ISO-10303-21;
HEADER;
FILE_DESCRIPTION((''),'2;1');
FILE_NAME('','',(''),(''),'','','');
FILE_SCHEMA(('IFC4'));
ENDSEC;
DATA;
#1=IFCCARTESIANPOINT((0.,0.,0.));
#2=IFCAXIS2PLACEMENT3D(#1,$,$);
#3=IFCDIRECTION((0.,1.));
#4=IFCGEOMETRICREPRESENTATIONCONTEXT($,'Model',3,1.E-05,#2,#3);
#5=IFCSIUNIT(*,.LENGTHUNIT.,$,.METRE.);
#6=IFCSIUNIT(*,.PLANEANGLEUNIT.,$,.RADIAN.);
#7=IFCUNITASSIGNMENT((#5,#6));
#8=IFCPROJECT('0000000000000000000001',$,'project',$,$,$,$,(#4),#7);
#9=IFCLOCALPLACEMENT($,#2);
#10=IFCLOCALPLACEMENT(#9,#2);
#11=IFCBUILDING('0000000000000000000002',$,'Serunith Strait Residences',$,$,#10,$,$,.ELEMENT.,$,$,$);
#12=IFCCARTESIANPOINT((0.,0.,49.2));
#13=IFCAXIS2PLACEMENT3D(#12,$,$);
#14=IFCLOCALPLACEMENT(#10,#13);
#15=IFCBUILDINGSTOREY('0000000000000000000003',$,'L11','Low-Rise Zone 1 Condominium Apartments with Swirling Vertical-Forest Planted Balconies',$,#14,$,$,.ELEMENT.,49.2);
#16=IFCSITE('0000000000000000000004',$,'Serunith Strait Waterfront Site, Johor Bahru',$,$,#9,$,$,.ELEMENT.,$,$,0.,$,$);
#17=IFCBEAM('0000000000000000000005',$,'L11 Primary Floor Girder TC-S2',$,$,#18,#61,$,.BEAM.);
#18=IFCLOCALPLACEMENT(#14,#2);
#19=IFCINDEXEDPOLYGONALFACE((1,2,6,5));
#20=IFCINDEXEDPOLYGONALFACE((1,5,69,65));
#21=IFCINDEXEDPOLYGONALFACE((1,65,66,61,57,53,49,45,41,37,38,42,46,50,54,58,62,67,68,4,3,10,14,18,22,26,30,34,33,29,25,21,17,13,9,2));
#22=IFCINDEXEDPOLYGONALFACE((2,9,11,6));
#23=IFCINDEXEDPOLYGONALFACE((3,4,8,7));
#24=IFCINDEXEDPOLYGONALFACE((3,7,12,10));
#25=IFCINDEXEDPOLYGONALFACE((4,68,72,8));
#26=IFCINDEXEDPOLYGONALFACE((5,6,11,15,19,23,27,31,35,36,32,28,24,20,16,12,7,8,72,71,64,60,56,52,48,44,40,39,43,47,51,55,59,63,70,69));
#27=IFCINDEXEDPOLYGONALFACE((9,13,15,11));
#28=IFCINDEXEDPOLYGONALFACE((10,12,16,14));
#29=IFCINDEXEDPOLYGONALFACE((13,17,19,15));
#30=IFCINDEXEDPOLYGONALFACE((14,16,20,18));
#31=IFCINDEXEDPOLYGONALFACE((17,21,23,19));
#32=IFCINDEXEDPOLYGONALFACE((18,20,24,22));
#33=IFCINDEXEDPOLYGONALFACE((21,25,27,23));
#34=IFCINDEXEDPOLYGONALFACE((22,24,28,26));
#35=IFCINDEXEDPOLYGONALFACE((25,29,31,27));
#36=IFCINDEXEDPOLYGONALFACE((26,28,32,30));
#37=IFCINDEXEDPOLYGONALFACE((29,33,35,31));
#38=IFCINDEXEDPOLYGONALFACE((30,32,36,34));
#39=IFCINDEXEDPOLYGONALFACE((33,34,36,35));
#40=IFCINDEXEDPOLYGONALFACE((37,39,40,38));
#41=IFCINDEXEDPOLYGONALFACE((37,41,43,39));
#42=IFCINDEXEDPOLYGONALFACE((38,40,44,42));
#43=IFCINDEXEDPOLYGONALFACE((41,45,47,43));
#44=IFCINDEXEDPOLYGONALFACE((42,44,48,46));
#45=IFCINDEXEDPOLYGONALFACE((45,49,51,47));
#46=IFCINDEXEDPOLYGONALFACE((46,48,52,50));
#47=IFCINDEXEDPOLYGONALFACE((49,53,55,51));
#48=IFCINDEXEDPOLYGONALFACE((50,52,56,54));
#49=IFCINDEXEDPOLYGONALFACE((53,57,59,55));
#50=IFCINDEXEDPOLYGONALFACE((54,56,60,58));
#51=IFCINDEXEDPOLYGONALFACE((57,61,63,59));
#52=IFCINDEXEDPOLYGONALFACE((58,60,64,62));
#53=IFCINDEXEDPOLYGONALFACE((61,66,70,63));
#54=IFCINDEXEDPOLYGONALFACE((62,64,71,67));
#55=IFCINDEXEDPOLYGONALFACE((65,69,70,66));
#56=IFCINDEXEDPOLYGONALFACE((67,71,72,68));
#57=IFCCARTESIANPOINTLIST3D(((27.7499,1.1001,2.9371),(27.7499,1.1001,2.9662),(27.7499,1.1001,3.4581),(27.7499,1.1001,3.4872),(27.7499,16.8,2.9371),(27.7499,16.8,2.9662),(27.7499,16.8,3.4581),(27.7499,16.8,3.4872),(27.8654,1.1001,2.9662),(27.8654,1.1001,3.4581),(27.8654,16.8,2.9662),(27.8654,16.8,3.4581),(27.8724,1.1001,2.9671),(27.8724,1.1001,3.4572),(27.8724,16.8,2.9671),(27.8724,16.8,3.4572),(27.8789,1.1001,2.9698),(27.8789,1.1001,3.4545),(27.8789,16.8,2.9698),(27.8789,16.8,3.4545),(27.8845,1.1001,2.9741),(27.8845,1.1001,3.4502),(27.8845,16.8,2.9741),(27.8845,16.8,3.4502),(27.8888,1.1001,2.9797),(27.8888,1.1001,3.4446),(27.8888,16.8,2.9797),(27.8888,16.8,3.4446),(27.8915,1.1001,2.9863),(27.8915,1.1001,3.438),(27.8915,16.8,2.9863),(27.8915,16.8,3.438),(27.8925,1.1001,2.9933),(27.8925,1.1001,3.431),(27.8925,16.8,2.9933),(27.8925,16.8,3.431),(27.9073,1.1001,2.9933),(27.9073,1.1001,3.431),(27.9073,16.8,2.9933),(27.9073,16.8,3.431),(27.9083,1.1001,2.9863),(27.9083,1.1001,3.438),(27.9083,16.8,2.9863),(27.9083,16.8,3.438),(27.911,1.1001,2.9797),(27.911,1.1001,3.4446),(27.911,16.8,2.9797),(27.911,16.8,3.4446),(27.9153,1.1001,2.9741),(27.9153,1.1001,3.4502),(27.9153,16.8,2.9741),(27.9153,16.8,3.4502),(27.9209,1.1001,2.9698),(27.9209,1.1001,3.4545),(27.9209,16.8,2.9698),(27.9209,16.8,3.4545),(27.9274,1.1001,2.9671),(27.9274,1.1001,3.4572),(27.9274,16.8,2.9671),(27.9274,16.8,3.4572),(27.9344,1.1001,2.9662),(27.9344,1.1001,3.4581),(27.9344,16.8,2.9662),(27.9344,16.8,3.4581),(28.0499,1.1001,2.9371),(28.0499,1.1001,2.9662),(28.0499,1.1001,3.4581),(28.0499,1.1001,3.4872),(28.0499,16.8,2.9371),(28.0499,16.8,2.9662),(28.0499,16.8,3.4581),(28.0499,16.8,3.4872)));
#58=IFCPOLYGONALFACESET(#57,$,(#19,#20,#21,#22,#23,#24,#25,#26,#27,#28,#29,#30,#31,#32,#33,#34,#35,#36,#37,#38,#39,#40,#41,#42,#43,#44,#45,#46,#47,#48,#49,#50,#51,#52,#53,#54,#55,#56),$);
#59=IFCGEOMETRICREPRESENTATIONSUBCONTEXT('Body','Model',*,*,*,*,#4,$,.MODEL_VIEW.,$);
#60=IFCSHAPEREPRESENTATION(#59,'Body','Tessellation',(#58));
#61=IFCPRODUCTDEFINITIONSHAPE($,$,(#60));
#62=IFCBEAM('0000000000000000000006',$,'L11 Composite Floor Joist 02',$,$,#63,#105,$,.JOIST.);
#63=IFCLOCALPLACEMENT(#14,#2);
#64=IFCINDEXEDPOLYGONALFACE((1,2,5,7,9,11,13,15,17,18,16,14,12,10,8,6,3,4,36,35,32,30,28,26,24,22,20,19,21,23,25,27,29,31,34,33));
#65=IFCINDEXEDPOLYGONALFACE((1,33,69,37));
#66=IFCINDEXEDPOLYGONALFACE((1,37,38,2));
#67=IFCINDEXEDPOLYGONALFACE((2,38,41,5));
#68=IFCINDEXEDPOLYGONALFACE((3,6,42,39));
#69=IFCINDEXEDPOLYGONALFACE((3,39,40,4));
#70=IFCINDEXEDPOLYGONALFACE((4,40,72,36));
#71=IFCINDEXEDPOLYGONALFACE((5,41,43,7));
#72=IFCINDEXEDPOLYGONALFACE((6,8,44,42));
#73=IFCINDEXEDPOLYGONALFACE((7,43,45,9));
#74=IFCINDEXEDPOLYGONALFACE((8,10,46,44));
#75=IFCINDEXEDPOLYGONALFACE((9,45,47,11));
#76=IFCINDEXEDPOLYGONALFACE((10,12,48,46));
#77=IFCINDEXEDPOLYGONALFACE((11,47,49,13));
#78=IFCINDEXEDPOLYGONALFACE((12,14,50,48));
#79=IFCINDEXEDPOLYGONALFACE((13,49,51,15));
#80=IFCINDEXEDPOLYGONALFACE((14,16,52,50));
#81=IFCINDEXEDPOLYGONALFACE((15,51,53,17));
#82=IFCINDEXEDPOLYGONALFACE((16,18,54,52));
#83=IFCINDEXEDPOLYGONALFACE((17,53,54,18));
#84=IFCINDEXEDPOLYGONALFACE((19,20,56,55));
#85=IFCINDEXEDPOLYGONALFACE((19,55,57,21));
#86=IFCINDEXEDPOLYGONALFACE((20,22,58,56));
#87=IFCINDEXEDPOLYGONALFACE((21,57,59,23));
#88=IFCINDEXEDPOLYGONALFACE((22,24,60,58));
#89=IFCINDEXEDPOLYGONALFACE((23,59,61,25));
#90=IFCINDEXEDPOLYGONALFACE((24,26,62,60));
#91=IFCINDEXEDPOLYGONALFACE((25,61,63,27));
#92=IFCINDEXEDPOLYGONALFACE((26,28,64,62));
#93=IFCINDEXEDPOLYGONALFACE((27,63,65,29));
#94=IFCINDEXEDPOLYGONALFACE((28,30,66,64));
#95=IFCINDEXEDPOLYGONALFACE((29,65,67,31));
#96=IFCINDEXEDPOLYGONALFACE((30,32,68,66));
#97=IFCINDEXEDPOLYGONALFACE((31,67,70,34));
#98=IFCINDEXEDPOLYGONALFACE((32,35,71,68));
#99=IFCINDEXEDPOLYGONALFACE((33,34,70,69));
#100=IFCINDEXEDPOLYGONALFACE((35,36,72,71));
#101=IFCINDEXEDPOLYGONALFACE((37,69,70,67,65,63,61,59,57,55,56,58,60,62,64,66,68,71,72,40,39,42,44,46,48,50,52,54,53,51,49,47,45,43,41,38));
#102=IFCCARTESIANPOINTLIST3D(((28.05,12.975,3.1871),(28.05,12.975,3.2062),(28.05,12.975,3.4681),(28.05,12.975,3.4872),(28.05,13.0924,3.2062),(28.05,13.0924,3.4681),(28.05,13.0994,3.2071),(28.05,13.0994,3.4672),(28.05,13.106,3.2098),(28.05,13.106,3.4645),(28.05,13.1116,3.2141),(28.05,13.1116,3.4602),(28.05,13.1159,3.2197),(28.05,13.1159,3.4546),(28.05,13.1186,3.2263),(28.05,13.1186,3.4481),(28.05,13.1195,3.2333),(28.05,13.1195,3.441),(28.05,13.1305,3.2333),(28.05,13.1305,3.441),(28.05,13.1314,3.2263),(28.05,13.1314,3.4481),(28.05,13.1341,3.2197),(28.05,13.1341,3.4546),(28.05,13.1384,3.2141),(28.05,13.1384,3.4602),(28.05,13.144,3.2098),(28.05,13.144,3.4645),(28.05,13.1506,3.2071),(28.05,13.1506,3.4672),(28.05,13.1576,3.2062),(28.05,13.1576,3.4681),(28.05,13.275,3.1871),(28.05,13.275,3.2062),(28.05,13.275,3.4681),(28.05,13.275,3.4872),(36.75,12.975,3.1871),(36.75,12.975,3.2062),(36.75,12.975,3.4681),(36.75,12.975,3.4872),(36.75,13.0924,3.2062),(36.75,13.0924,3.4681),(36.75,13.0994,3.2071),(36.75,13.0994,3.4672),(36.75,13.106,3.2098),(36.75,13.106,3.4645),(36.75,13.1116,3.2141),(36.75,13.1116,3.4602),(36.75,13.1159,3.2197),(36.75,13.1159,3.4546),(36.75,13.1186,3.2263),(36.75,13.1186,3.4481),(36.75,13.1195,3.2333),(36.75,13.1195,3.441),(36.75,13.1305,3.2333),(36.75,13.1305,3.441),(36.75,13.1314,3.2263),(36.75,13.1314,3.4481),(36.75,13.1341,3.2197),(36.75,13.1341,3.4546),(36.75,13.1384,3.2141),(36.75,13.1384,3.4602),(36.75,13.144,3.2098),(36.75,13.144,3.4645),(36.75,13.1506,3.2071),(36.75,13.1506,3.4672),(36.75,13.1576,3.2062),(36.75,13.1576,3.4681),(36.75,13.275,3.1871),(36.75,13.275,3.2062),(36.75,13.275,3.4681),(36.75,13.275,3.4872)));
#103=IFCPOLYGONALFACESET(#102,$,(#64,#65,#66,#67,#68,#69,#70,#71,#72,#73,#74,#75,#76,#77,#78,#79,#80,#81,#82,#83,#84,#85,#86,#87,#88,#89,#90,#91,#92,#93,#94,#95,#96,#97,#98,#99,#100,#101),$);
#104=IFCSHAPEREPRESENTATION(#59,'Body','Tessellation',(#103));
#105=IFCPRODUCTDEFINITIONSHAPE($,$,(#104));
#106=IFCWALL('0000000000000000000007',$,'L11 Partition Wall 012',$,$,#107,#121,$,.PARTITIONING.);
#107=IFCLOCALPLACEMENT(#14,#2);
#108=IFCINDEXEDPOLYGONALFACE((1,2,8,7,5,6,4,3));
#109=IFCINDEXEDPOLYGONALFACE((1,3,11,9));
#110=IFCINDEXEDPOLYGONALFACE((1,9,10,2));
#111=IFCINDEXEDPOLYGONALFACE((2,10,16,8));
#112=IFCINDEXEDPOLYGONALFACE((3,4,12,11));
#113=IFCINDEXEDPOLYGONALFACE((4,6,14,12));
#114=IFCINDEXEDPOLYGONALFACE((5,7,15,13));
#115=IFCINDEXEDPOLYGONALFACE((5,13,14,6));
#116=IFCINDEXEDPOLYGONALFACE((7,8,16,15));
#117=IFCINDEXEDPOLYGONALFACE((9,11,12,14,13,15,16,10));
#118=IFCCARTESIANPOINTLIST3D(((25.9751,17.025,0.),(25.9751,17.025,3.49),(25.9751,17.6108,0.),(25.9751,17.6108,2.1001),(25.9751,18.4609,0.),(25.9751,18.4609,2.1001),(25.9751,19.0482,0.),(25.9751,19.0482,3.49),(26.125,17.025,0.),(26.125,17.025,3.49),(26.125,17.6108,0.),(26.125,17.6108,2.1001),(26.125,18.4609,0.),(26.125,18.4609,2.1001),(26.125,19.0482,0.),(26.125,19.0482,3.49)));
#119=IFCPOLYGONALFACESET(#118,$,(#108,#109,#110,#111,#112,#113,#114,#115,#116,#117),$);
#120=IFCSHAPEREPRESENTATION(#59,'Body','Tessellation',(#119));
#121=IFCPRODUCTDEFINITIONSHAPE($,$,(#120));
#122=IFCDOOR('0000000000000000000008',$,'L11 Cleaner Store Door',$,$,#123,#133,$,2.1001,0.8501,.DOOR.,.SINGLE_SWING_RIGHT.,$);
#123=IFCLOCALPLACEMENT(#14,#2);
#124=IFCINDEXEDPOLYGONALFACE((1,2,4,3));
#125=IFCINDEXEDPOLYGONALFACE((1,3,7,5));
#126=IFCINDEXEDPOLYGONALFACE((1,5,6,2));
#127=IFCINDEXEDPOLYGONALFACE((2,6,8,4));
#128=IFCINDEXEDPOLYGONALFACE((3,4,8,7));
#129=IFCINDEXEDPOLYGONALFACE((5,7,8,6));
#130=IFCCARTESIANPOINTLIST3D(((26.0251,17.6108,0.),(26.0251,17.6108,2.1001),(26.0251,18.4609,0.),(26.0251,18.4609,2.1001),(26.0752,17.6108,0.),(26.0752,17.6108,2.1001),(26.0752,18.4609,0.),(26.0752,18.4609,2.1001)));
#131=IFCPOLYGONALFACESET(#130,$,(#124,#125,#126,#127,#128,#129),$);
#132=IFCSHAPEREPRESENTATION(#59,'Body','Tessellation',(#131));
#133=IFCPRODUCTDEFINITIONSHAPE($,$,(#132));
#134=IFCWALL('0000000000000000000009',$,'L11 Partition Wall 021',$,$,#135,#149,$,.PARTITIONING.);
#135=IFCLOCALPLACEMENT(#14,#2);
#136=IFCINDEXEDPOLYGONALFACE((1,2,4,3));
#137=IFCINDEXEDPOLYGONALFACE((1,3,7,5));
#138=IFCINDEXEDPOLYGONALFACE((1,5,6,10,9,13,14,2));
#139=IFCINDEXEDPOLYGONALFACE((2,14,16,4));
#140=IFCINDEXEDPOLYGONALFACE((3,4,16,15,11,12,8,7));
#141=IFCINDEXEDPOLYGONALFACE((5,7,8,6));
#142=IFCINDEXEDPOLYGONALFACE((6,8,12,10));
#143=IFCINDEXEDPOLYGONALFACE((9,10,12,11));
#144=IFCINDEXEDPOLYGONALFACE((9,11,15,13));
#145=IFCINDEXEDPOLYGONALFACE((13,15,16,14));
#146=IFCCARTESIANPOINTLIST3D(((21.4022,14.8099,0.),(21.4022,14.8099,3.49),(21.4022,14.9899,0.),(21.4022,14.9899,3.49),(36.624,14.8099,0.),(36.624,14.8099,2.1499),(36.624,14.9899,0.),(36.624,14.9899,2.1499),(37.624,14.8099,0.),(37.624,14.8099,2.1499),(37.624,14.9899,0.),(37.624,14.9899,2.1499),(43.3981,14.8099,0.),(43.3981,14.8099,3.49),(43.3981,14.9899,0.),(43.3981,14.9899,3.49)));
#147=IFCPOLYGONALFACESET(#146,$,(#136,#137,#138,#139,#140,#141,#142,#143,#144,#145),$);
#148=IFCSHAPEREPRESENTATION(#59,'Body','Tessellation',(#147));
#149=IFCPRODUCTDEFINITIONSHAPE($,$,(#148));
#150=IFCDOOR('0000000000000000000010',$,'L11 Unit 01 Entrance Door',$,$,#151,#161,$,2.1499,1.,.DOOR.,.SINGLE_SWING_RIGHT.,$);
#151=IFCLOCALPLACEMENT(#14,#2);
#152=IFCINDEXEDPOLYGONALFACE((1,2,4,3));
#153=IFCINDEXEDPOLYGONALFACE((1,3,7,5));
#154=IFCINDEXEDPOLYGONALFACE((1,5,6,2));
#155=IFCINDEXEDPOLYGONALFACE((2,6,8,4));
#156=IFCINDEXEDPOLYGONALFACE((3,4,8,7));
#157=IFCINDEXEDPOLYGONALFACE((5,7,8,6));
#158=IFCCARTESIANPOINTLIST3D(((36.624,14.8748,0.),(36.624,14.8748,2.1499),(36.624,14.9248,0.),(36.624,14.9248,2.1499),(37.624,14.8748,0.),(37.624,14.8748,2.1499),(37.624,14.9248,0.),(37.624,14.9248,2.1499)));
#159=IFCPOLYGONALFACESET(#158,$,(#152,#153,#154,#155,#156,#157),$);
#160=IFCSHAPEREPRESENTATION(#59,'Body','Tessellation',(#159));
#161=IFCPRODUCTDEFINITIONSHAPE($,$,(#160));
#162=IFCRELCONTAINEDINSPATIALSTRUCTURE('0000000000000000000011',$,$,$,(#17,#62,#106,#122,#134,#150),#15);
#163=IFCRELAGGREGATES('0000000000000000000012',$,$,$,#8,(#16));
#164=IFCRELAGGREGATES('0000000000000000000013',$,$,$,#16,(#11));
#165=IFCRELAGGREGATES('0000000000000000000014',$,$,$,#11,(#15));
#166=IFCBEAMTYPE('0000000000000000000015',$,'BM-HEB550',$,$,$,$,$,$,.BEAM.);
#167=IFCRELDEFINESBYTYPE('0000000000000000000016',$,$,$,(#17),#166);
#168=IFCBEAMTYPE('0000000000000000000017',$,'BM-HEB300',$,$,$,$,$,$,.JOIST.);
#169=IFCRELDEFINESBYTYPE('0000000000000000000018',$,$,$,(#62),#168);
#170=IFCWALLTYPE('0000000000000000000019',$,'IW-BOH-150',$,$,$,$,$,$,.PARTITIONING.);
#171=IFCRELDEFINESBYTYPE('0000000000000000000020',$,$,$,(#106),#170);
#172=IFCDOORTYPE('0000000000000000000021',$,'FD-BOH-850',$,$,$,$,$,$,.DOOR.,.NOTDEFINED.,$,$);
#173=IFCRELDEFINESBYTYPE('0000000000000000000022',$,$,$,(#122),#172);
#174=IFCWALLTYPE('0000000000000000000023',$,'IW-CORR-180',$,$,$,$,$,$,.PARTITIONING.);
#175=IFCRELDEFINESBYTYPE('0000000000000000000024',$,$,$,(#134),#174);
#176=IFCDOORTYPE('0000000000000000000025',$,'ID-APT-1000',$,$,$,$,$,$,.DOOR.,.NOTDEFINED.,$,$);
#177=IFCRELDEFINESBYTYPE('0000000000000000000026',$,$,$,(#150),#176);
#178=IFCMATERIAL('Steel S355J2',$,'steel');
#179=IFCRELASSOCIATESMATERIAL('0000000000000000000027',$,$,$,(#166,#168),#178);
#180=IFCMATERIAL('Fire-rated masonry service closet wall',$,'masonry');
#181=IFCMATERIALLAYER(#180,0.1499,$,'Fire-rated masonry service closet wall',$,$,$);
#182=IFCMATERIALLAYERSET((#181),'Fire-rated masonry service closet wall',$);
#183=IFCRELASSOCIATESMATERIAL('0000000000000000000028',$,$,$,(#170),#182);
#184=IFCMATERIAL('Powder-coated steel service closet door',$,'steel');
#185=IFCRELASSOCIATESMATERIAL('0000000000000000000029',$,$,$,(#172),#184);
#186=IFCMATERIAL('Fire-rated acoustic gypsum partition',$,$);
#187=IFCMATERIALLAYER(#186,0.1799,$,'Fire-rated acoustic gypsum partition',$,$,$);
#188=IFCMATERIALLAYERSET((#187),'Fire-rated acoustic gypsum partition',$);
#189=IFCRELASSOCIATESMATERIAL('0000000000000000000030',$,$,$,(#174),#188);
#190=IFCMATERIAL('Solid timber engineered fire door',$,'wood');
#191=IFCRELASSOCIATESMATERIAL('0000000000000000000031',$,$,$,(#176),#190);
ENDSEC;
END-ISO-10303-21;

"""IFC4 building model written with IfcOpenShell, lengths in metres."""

from ifc_helpers import new_model, si_unit, direction, frame, frame_2d, origin, origin_2d, place, context, subcontext, project, spatial, rectangle, i_section, extrude, source, transform, mapped, material, layer, layer_set, material_profile, profile_set, type_object, element, fill, save


model = new_model("IFC4")

# Units and contexts
model_context = context("Model", 3, precision=1e-05, world=origin(), true_north=direction((0.0, 1.0)))
body_context = subcontext(model_context, "Body", "Model", "MODEL_VIEW")
ifc_project = project(units=[si_unit("LENGTHUNIT", "METRE"), si_unit("PLANEANGLEUNIT", "RADIAN")], contexts=[model_context])

# Site, building, storey
site_placement = place(None, origin())
site = spatial("IfcSite", under=ifc_project, at=site_placement, Name="Serunith Strait Waterfront Site, Johor Bahru", CompositionType="ELEMENT", RefElevation=0.0)
building_placement = place(site_placement, origin())
building = spatial("IfcBuilding", under=site, at=building_placement, Name="Serunith Strait Residences", CompositionType="ELEMENT")
storey_placement = place(building_placement, frame((0.0, 0.0, 49.2)))
storey = spatial("IfcBuildingStorey", under=building, at=storey_placement, Name="L11", Description="Low-Rise Zone 1 Condominium Apartments with Swirling Vertical-Forest Planted Balconies", CompositionType="ELEMENT", Elevation=49.2)

# Beams
ifc_material_1 = material(Name="Steel S355J2", Category="steel")
ifc_material_profile_1 = material_profile(ifc_material_1, i_section(OverallWidth=0.3, OverallDepth=0.55, WebThickness=0.0149, FlangeThickness=0.0291, FilletRadius=0.0271, at=origin_2d()), Name="HEB 550")
ifc_profile_set_1 = profile_set([ifc_material_profile_1], Name="Steel S355J2")
beam_type_1 = type_object("IfcBeamType", Name="BM-HEB550", PredefinedType="BEAM", material=ifc_profile_set_1)
shared_shape_1 = source(origin(), body_context, "Body", "SweptSolid", [
    extrude(i_section(OverallWidth=0.3, OverallDepth=0.55, WebThickness=0.0149, FlangeThickness=0.0291, FilletRadius=0.0271, at=origin_2d()), origin(), (0.0, 0.0, 1.0), 15.7),
])
beam_1_placement = place(storey_placement, frame((27.8999, 16.8, 3.2122), z_axis=(0.0, -1.0, 0.0), x_axis=(1.0, 0.0, 0.0)))
element("IfcBeam", 1, at=beam_1_placement, inside=storey, type_object=beam_type_1, Name="L11 Primary Floor Girder TC-S2", PredefinedType="BEAM", context=body_context, shape_type="MappedRepresentation", body=[
    mapped(shared_shape_1, transform((0.0, 0.0, 0.0), scale=1.0)),
])
ifc_material_profile_2 = material_profile(ifc_material_1, i_section(OverallWidth=0.3, OverallDepth=0.3, WebThickness=0.011, FlangeThickness=0.019, FilletRadius=0.0271, at=origin_2d()), Name="HEB 300")
ifc_profile_set_2 = profile_set([ifc_material_profile_2], Name="Steel S355J2")
beam_type_2 = type_object("IfcBeamType", Name="BM-HEB300", PredefinedType="JOIST", material=ifc_profile_set_2)
shared_shape_2 = source(origin(), body_context, "Body", "SweptSolid", [
    extrude(i_section(OverallWidth=0.3, OverallDepth=0.3, WebThickness=0.011, FlangeThickness=0.019, FilletRadius=0.0271, at=origin_2d()), origin(), (0.0, 0.0, 1.0), 8.7),
])
beam_2_placement = place(storey_placement, frame((28.05, 13.125, 3.3372), z_axis=(1.0, 0.0, 0.0), x_axis=(0.0, 1.0, 0.0)))
element("IfcBeam", 2, at=beam_2_placement, inside=storey, type_object=beam_type_2, Name="L11 Composite Floor Joist 02", PredefinedType="JOIST", context=body_context, shape_type="MappedRepresentation", body=[
    mapped(shared_shape_2, transform((0.0, 0.0, 0.0), scale=1.0)),
])

# Walls, openings, doors
ifc_material_2 = material(Name="Fire-rated masonry service closet wall", Category="masonry")
ifc_layer_1 = layer(ifc_material_2, 0.1499, Name="Fire-rated masonry service closet wall")
ifc_layer_set_1 = layer_set([ifc_layer_1], Name="Fire-rated masonry service closet wall")
wall_type_1 = type_object("IfcWallType", Name="IW-BOH-150", PredefinedType="PARTITIONING", material=ifc_layer_set_1)
wall_1_placement = place(storey_placement, frame((26.05, 17.0249, 0.0), z_axis=(0.0, 0.0, 1.0), x_axis=(0.0, 1.0, 0.0)))
wall_1 = element("IfcWall", 3, at=wall_1_placement, inside=storey, type_object=wall_type_1, Name="L11 Partition Wall 012", PredefinedType="PARTITIONING", context=body_context, shape_type="SweptSolid", body=[
    extrude(rectangle(XDim=2.0232, YDim=0.1499, at=frame_2d((1.0117, 0.0))), origin(), (0.0, 0.0, 1.0), 3.49),
])
opening_1_placement = place(wall_1_placement, frame((0.5859, 0.0, 0.0)))
opening_1 = element("IfcOpeningElement", 4, at=opening_1_placement, cuts=wall_1, PredefinedType="OPENING", context=body_context, shape_type="SweptSolid", body=[
    extrude(rectangle(XDim=0.8501, YDim=2.1001, at=frame_2d((0.425, 1.05))), frame((0.0, 0.085, 0.0), z_axis=(0.0, -1.0, 0.0), x_axis=(1.0, 0.0, 0.0)), (0.0, 0.0, 1.0), 0.1699),
])
ifc_material_3 = material(Name="Powder-coated steel service closet door", Category="steel")
door_type_1 = type_object("IfcDoorType", Name="FD-BOH-850", OperationType="NOTDEFINED", PredefinedType="DOOR", material=ifc_material_3)
shared_shape_3 = source(origin(), body_context, "Body", "SweptSolid", [
    extrude(rectangle(XDim=0.8501, YDim=2.1001, at=frame_2d((0.425, 1.05))), frame((0.0, 0.0249, 0.0), z_axis=(0.0, -1.0, 0.0), x_axis=(1.0, 0.0, 0.0)), (0.0, 0.0, 1.0), 0.05),
])
door_1_placement = place(opening_1_placement, origin())
door_1 = element("IfcDoor", 5, at=door_1_placement, inside=storey, type_object=door_type_1, Name="L11 Cleaner Store Door", OperationType="SINGLE_SWING_RIGHT", OverallHeight=2.1001, OverallWidth=0.8501, PredefinedType="DOOR", context=body_context, shape_type="MappedRepresentation", body=[
    mapped(shared_shape_3, transform((0.0, 0.0, 0.0), scale=1.0)),
])
fill(opening_1, door_1)
ifc_material_4 = material(Name="Fire-rated acoustic gypsum partition")
ifc_layer_2 = layer(ifc_material_4, 0.1799, Name="Fire-rated acoustic gypsum partition")
ifc_layer_set_2 = layer_set([ifc_layer_2], Name="Fire-rated acoustic gypsum partition")
wall_type_2 = type_object("IfcWallType", Name="IW-CORR-180", PredefinedType="PARTITIONING", material=ifc_layer_set_2)
wall_2_placement = place(storey_placement, frame((21.4021, 14.8999, 0.0), z_axis=(0.0, 0.0, 1.0), x_axis=(1.0, 0.0, 0.0)))
wall_2 = element("IfcWall", 6, at=wall_2_placement, inside=storey, type_object=wall_type_2, Name="L11 Partition Wall 021", PredefinedType="PARTITIONING", context=body_context, shape_type="SweptSolid", body=[
    extrude(rectangle(XDim=21.9958, YDim=0.1799, at=frame_2d((10.998, 0.0))), origin(), (0.0, 0.0, 1.0), 3.49),
])
opening_2_placement = place(wall_2_placement, frame((15.2219, 0.0, 0.0)))
opening_2 = element("IfcOpeningElement", 7, at=opening_2_placement, cuts=wall_2, PredefinedType="OPENING", context=body_context, shape_type="SweptSolid", body=[
    extrude(rectangle(XDim=1.0, YDim=2.1499, at=frame_2d((0.5, 1.075))), frame((0.0, 0.1001, 0.0), z_axis=(0.0, -1.0, 0.0), x_axis=(1.0, 0.0, 0.0)), (0.0, 0.0, 1.0), 0.2),
])
ifc_material_5 = material(Name="Solid timber engineered fire door", Category="wood")
door_type_2 = type_object("IfcDoorType", Name="ID-APT-1000", OperationType="NOTDEFINED", PredefinedType="DOOR", material=ifc_material_5)
shared_shape_4 = source(origin(), body_context, "Body", "SweptSolid", [
    extrude(rectangle(XDim=1.0, YDim=2.1499, at=frame_2d((0.5, 1.075))), frame((0.0, 0.0249, 0.0), z_axis=(0.0, -1.0, 0.0), x_axis=(1.0, 0.0, 0.0)), (0.0, 0.0, 1.0), 0.05),
])
door_2_placement = place(opening_2_placement, origin())
door_2 = element("IfcDoor", 8, at=door_2_placement, inside=storey, type_object=door_type_2, Name="L11 Unit 01 Entrance Door", OperationType="SINGLE_SWING_RIGHT", OverallHeight=2.1499, OverallWidth=1.0, PredefinedType="DOOR", context=body_context, shape_type="MappedRepresentation", body=[
    mapped(shared_shape_4, transform((0.0, 0.0, 0.0), scale=1.0)),
])
fill(opening_2, door_2)

save(model, "model.ifc")
